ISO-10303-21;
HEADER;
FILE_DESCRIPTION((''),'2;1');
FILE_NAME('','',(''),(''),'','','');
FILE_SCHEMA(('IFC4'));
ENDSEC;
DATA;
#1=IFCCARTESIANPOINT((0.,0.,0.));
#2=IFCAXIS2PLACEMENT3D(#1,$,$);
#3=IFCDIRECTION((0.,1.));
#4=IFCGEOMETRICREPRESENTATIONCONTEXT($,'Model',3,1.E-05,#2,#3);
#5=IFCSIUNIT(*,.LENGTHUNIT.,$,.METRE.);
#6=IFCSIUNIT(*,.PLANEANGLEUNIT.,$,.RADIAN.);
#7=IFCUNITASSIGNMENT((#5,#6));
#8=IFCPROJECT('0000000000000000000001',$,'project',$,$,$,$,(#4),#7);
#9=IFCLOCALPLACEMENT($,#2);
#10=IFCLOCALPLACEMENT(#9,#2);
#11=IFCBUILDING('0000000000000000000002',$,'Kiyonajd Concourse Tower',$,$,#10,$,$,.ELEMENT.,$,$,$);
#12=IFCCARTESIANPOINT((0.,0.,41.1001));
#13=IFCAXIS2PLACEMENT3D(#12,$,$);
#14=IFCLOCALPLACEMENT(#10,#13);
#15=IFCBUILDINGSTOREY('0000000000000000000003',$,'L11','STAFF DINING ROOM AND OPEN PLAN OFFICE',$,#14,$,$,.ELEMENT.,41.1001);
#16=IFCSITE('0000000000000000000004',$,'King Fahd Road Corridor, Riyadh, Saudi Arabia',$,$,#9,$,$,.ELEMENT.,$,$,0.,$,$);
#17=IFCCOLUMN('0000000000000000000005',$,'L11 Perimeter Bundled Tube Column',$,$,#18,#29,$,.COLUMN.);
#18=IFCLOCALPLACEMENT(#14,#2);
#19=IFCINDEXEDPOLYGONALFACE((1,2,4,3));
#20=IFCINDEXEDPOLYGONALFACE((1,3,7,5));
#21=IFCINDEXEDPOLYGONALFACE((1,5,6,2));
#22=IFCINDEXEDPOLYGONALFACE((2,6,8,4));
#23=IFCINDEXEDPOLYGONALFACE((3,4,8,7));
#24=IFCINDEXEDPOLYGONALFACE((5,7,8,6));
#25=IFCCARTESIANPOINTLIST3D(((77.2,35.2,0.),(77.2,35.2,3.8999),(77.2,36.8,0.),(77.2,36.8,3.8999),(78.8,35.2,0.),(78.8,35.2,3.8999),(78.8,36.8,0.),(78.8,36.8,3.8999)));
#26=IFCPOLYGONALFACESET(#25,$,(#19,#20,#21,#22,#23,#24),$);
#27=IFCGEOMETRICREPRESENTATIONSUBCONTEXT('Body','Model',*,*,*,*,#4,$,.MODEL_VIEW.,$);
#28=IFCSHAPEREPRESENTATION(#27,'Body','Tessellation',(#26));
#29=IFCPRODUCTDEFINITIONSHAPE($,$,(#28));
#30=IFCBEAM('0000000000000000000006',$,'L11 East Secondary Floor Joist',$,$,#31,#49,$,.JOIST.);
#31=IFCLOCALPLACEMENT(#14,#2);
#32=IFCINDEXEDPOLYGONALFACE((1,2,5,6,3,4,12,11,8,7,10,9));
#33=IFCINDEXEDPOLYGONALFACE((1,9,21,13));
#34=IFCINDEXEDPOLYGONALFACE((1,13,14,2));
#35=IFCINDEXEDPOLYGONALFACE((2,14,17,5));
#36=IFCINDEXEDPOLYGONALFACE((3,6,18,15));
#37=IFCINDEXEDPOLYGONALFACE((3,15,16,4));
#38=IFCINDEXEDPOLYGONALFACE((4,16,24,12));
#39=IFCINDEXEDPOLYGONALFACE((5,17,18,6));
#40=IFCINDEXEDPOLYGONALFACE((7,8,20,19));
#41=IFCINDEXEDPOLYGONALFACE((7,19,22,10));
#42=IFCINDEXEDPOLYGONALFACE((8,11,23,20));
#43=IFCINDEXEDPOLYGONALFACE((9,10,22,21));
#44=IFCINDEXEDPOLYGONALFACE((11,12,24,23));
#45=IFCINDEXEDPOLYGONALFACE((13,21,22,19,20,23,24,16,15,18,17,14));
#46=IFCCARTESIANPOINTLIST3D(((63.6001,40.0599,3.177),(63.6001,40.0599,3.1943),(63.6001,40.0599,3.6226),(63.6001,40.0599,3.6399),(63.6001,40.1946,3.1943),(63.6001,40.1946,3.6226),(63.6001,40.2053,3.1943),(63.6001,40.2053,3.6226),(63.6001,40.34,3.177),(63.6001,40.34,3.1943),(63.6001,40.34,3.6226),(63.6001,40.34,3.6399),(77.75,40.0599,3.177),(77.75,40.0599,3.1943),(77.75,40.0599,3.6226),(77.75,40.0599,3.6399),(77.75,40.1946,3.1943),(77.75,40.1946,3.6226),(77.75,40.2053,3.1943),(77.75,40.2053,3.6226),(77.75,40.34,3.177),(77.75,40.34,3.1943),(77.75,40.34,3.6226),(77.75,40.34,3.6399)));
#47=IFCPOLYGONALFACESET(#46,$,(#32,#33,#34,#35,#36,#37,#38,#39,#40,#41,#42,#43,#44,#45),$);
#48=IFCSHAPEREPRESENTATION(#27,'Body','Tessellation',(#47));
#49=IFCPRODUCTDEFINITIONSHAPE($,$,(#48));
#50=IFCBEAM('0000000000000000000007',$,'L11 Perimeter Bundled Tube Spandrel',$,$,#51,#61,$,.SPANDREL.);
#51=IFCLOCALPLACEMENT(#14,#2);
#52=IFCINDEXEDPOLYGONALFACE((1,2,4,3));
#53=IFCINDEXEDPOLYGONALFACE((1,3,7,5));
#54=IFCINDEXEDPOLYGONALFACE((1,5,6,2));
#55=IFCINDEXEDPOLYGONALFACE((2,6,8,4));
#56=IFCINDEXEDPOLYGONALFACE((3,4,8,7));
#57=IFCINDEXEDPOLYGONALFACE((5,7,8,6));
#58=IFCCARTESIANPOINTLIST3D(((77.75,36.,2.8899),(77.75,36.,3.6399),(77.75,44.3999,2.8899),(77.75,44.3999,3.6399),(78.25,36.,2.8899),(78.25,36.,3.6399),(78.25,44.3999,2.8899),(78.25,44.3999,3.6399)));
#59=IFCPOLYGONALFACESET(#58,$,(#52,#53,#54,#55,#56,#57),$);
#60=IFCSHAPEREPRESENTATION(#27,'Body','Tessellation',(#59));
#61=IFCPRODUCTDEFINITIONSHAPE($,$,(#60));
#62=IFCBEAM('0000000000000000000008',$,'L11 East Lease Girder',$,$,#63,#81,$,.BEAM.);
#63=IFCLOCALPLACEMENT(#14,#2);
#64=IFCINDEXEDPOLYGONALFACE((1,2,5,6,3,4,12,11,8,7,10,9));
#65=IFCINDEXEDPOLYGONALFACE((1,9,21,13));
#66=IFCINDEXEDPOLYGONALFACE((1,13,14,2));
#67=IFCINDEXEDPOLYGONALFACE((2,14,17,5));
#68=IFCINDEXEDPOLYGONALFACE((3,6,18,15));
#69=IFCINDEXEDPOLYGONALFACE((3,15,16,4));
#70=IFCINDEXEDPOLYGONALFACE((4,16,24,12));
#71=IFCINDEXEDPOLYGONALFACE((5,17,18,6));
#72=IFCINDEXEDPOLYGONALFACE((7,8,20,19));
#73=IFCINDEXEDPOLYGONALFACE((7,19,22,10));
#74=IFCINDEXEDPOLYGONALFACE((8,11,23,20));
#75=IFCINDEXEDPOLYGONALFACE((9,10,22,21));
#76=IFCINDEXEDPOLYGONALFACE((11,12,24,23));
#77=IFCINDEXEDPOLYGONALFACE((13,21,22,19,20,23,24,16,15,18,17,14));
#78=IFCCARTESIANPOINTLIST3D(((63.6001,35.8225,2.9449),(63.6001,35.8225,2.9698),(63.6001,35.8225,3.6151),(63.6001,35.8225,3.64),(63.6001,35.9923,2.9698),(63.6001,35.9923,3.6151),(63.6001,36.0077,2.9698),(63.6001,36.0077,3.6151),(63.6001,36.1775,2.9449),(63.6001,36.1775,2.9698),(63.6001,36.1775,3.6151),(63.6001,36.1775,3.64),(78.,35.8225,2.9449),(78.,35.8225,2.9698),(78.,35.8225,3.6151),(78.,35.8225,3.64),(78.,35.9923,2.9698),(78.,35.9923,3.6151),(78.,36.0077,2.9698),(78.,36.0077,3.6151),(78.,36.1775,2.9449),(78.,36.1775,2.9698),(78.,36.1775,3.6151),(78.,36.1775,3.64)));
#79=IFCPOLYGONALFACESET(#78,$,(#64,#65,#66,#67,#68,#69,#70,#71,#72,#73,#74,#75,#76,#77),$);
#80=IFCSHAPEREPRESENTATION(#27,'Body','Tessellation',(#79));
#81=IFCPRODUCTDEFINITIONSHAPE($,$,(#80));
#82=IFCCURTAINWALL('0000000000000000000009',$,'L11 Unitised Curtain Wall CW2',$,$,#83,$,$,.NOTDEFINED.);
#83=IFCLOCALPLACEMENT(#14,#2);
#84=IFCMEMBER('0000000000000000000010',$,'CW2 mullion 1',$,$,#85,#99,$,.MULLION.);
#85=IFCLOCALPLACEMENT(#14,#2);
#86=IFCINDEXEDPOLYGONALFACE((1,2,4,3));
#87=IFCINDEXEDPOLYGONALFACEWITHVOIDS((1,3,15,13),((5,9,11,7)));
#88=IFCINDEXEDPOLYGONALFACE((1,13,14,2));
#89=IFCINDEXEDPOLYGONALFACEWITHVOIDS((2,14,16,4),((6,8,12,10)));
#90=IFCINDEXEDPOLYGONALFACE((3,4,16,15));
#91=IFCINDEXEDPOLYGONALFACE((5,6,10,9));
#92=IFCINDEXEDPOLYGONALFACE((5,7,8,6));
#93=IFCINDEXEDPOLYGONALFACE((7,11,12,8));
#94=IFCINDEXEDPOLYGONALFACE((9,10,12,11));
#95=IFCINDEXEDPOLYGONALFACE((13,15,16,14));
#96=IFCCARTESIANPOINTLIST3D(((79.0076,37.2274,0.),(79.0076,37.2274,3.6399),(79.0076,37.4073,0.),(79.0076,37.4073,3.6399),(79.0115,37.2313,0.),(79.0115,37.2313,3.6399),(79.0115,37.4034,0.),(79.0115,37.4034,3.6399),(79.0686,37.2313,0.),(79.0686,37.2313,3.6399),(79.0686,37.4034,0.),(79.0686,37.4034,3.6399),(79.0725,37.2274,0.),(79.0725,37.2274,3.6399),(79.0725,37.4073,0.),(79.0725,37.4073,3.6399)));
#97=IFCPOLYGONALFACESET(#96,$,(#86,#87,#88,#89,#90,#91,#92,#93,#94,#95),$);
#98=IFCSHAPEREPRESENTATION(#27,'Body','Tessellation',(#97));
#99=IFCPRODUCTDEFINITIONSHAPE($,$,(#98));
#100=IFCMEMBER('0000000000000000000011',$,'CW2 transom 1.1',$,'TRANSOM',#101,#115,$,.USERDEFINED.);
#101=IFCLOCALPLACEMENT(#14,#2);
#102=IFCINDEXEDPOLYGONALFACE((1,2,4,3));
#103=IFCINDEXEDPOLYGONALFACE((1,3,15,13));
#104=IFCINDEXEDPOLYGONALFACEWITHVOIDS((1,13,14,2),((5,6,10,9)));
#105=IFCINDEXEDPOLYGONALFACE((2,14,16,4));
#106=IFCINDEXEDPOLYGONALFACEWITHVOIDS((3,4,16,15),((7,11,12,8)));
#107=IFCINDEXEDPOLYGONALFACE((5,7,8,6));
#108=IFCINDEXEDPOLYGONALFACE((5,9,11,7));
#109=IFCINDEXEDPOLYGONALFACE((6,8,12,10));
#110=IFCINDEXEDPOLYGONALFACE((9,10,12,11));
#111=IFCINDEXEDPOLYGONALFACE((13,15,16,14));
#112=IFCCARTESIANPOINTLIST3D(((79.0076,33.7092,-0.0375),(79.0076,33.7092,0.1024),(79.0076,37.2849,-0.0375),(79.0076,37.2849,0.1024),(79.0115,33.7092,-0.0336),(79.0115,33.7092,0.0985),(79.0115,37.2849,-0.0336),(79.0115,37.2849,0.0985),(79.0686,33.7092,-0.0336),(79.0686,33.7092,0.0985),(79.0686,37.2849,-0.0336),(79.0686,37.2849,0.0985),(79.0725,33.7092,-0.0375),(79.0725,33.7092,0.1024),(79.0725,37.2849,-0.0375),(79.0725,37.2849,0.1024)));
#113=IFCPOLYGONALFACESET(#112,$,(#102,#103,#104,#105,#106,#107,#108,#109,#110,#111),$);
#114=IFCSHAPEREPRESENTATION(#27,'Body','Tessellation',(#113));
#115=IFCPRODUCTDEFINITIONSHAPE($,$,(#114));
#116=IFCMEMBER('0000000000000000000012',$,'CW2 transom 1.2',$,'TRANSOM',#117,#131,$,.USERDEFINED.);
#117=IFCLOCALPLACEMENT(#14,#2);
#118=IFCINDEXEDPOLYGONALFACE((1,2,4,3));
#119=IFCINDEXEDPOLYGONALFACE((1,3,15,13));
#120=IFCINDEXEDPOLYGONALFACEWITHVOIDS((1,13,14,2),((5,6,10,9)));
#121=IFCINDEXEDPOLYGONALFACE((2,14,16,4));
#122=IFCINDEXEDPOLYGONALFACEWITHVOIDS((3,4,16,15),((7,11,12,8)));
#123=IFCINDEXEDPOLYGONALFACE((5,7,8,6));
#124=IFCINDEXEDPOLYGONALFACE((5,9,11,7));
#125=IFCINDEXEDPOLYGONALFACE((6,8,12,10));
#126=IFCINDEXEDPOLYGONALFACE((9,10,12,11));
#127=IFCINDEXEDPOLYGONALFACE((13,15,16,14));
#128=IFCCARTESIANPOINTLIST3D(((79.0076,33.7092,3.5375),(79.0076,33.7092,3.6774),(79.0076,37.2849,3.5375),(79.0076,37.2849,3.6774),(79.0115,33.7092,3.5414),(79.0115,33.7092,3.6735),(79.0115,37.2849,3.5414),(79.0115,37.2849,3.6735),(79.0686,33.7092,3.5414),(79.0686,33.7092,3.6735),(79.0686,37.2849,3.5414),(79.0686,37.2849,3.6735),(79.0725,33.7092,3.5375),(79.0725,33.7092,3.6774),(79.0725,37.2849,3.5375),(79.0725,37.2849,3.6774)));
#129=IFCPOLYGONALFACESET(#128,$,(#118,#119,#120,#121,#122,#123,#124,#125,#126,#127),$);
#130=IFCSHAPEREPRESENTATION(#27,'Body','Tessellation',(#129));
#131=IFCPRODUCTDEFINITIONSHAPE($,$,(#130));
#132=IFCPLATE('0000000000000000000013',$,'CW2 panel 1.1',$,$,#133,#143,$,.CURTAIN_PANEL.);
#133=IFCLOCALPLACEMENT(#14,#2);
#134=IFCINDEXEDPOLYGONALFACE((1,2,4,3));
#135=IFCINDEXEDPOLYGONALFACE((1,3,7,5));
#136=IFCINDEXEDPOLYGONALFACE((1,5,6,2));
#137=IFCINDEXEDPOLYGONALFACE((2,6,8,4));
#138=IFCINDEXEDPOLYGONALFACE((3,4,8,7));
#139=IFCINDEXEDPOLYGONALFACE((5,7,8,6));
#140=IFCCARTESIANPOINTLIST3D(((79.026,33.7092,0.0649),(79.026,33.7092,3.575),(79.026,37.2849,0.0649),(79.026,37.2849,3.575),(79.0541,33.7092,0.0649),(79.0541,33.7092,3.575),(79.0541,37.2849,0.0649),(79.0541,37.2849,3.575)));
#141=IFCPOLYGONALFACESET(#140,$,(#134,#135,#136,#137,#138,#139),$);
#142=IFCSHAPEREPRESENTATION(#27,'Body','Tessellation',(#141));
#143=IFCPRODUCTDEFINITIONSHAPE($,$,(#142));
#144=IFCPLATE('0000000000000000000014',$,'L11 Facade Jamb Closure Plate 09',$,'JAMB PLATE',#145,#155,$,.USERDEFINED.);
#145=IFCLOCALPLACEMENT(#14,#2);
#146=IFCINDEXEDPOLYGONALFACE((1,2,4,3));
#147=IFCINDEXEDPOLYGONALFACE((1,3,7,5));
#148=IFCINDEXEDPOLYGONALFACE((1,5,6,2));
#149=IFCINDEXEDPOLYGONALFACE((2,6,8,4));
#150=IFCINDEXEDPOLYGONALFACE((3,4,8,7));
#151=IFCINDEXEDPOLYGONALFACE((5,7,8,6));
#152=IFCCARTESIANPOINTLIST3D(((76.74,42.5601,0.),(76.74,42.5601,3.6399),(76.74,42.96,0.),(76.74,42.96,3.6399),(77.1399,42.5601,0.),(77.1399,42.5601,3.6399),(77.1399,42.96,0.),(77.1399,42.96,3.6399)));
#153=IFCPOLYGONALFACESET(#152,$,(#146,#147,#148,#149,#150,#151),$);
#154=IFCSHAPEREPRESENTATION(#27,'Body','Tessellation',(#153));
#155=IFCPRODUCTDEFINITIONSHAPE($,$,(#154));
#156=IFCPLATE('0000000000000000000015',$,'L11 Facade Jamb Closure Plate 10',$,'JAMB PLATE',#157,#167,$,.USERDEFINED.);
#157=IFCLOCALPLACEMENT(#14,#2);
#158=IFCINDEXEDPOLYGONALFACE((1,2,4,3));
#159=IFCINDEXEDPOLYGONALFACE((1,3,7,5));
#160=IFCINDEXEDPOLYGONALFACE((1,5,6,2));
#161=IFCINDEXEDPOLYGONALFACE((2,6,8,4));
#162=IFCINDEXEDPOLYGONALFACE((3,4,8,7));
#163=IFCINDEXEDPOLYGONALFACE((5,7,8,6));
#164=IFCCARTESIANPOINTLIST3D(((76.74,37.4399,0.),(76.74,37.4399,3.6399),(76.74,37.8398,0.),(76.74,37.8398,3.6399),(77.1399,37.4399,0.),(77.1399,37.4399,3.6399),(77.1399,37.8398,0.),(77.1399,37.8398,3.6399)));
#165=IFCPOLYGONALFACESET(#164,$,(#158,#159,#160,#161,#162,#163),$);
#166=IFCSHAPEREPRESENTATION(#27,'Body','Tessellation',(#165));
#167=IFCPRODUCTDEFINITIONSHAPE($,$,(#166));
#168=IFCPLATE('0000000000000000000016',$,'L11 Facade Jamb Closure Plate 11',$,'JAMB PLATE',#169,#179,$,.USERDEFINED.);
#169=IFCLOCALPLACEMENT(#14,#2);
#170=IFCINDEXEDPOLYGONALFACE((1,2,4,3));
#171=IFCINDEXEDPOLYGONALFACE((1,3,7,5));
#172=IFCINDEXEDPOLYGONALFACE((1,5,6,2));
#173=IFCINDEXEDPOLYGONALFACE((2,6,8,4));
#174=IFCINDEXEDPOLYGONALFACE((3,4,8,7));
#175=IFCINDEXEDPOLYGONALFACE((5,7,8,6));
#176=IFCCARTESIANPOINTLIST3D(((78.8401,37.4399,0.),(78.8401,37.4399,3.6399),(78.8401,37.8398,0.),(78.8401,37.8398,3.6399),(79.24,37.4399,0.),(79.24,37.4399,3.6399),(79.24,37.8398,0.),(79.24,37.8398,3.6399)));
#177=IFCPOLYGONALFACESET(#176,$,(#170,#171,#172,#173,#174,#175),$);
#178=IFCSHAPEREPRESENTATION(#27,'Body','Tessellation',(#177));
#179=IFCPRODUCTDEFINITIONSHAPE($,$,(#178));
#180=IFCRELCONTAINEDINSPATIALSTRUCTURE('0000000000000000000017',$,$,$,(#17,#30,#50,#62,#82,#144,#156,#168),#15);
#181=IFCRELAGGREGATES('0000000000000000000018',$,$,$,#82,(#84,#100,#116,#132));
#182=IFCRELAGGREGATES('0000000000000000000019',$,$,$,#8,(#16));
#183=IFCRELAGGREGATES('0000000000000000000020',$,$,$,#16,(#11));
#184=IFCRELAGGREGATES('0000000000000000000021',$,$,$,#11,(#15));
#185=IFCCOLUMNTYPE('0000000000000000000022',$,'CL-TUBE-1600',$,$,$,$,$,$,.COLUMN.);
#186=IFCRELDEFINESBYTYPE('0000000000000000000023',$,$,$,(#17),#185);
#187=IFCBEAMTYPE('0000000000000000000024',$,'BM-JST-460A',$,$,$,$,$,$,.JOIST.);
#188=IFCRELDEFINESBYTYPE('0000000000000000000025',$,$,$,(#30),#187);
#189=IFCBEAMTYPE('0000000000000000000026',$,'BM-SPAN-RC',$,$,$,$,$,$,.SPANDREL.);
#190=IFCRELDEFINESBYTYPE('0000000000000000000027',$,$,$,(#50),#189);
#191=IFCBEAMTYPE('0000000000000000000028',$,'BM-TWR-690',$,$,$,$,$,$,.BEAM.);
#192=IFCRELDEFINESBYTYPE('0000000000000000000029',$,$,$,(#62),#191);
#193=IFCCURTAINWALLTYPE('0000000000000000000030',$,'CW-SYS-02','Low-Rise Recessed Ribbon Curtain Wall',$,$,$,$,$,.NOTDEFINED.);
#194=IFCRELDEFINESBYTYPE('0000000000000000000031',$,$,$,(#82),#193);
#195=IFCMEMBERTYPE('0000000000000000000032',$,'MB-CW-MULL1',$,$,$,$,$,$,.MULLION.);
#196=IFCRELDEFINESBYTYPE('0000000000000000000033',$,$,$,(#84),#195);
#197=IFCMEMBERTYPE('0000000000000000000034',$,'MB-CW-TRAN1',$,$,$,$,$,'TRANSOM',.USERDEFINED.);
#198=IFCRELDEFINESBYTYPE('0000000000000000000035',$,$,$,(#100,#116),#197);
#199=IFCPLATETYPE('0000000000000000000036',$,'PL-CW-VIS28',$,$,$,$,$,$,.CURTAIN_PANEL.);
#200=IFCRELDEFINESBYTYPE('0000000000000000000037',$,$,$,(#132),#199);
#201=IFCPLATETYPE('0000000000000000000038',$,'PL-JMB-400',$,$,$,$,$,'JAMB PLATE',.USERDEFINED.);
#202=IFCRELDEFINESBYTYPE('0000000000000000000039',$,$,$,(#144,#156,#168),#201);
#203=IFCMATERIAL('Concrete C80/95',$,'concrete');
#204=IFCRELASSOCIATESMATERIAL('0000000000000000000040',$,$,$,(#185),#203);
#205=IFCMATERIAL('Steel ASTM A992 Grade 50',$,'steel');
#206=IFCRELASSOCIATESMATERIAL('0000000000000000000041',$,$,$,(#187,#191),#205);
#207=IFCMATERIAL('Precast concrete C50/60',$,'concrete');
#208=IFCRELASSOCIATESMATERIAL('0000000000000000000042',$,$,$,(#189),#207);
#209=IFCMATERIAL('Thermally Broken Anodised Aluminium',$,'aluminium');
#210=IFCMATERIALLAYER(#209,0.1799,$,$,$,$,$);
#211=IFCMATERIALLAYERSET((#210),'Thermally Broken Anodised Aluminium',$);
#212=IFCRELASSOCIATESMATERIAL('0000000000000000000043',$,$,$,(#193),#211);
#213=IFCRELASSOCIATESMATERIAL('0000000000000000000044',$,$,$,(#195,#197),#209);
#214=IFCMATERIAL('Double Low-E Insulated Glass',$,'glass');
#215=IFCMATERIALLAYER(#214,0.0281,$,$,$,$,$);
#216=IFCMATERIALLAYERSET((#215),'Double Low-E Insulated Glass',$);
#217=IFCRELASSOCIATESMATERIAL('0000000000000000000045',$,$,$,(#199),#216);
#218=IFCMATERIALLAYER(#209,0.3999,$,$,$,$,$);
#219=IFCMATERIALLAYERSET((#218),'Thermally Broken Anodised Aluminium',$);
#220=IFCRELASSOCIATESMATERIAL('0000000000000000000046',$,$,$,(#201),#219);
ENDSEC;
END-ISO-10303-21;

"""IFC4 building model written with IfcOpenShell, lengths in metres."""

from ifc_helpers import new_model, si_unit, direction, frame, origin, origin_2d, place, context, subcontext, project, spatial, rectangle, hollow_rectangle, i_section, extrude, material, layer, layer_set, material_profile, profile_set, type_object, element, aggregate, save


model = new_model("IFC4")

# Units and contexts
model_context = context("Model", 3, precision=1e-05, world=origin(), true_north=direction((0.0, 1.0)))
body_context = subcontext(model_context, "Body", "Model", "MODEL_VIEW")
ifc_project = project(units=[si_unit("LENGTHUNIT", "METRE"), si_unit("PLANEANGLEUNIT", "RADIAN")], contexts=[model_context])

# Site, building, storey
site_placement = place(None, origin())
site = spatial("IfcSite", under=ifc_project, at=site_placement, Name="King Fahd Road Corridor, Riyadh, Saudi Arabia", CompositionType="ELEMENT", RefElevation=0.0)
building_placement = place(site_placement, origin())
building = spatial("IfcBuilding", under=site, at=building_placement, Name="Kiyonajd Concourse Tower", CompositionType="ELEMENT")
storey_placement = place(building_placement, frame((0.0, 0.0, 41.1001)))
storey = spatial("IfcBuildingStorey", under=building, at=storey_placement, Name="L11", Description="STAFF DINING ROOM AND OPEN PLAN OFFICE", CompositionType="ELEMENT", Elevation=41.1001)

# Column
ifc_material_1 = material(Name="Concrete C80/95", Category="concrete")
ifc_material_profile_1 = material_profile(ifc_material_1, rectangle(XDim=1.6001, YDim=1.6001, at=origin_2d()), Name="RC-1600x1600")
ifc_profile_set_1 = profile_set([ifc_material_profile_1], Name="Concrete C80/95")
column_type = type_object("IfcColumnType", Name="CL-TUBE-1600", PredefinedType="COLUMN", material=ifc_profile_set_1)
column_placement = place(storey_placement, frame((78.0, 36.0, 0.0), z_axis=(0.0, 0.0, 1.0), x_axis=(1.0, 0.0, 0.0)))
element("IfcColumn", 1, at=column_placement, inside=storey, type_object=column_type, Name="L11 Perimeter Bundled Tube Column", PredefinedType="COLUMN", context=body_context, shape_type="SweptSolid", body=[
    extrude(rectangle(XDim=1.6001, YDim=1.6001, at=origin_2d()), origin(), (0.0, 0.0, 1.0), 3.8999),
])

# Beams
ifc_material_2 = material(Name="Steel ASTM A992 Grade 50", Category="steel")
ifc_material_profile_2 = material_profile(ifc_material_2, i_section(OverallWidth=0.28, OverallDepth=0.4629, WebThickness=0.0107, FlangeThickness=0.0173, at=origin_2d()), Name="W460X113")
ifc_profile_set_2 = profile_set([ifc_material_profile_2], Name="Steel ASTM A992 Grade 50")
beam_type_1 = type_object("IfcBeamType", Name="BM-JST-460A", PredefinedType="JOIST", material=ifc_profile_set_2)
beam_1_placement = place(storey_placement, frame((63.6001, 40.2, 3.4084), z_axis=(1.0, 0.0, 0.0), x_axis=(0.0, 1.0, 0.0)))
element("IfcBeam", 2, at=beam_1_placement, inside=storey, type_object=beam_type_1, Name="L11 East Secondary Floor Joist", PredefinedType="JOIST", context=body_context, shape_type="SweptSolid", body=[
    extrude(i_section(OverallWidth=0.28, OverallDepth=0.4629, WebThickness=0.0107, FlangeThickness=0.0173, at=origin_2d()), origin(), (0.0, 0.0, 1.0), 14.1499),
])
ifc_material_3 = material(Name="Precast concrete C50/60", Category="concrete")
ifc_material_profile_3 = material_profile(ifc_material_3, rectangle(XDim=0.5, YDim=0.75, at=origin_2d()), Name="RCBM-500x750")
ifc_profile_set_3 = profile_set([ifc_material_profile_3], Name="Precast concrete C50/60")
beam_type_2 = type_object("IfcBeamType", Name="BM-SPAN-RC", PredefinedType="SPANDREL", material=ifc_profile_set_3)
beam_2_placement = place(storey_placement, frame((78.0, 36.0, 3.2649), z_axis=(0.0, 1.0, 0.0), x_axis=(-1.0, 0.0, 0.0)))
element("IfcBeam", 3, at=beam_2_placement, inside=storey, type_object=beam_type_2, Name="L11 Perimeter Bundled Tube Spandrel", PredefinedType="SPANDREL", context=body_context, shape_type="SweptSolid", body=[
    extrude(rectangle(XDim=0.5, YDim=0.75, at=origin_2d()), origin(), (0.0, 0.0, 1.0), 8.3999),
])
ifc_material_profile_4 = material_profile(ifc_material_2, i_section(OverallWidth=0.355, OverallDepth=0.6951, WebThickness=0.0154, FlangeThickness=0.0249, at=origin_2d()), Name="W690X217")
ifc_profile_set_4 = profile_set([ifc_material_profile_4], Name="Steel ASTM A992 Grade 50")
beam_type_3 = type_object("IfcBeamType", Name="BM-TWR-690", PredefinedType="BEAM", material=ifc_profile_set_4)
beam_3_placement = place(storey_placement, frame((63.6001, 36.0, 3.2925), z_axis=(1.0, 0.0, 0.0), x_axis=(0.0, 1.0, 0.0)))
element("IfcBeam", 4, at=beam_3_placement, inside=storey, type_object=beam_type_3, Name="L11 East Lease Girder", PredefinedType="BEAM", context=body_context, shape_type="SweptSolid", body=[
    extrude(i_section(OverallWidth=0.355, OverallDepth=0.6951, WebThickness=0.0154, FlangeThickness=0.0249, at=origin_2d()), origin(), (0.0, 0.0, 1.0), 14.3999),
])

# Curtain wall, members, plate
ifc_material_4 = material(Name="Thermally Broken Anodised Aluminium", Category="aluminium")
ifc_layer_1 = layer(ifc_material_4, 0.1799)
ifc_layer_set_1 = layer_set([ifc_layer_1], Name="Thermally Broken Anodised Aluminium")
curtain_wall_type = type_object("IfcCurtainWallType", Name="CW-SYS-02", Description="Low-Rise Recessed Ribbon Curtain Wall", PredefinedType="NOTDEFINED", material=ifc_layer_set_1)
curtain_wall_placement = place(storey_placement, origin())
curtain_wall = element("IfcCurtainWall", 5, at=curtain_wall_placement, inside=storey, type_object=curtain_wall_type, Name="L11 Unitised Curtain Wall CW2", PredefinedType="NOTDEFINED")
ifc_material_profile_5 = material_profile(ifc_material_4, hollow_rectangle(XDim=0.0649, YDim=0.1799, WallThickness=0.0039, at=origin_2d()), Name="MULL-65x180")
ifc_profile_set_5 = profile_set([ifc_material_profile_5], Name="Thermally Broken Anodised Aluminium")
member_type_1 = type_object("IfcMemberType", Name="MB-CW-MULL1", PredefinedType="MULLION", material=ifc_profile_set_5)
member_1_placement = place(storey_placement, frame((79.04, 37.3174, 0.0), z_axis=(0.0, 0.0, 1.0), x_axis=(1.0, 0.0, 0.0)))
member_1 = element("IfcMember", 6, at=member_1_placement, type_object=member_type_1, Name="CW2 mullion 1", PredefinedType="MULLION", context=body_context, shape_type="SweptSolid", body=[
    extrude(hollow_rectangle(XDim=0.0649, YDim=0.1799, WallThickness=0.0039, at=origin_2d()), origin(), (0.0, 0.0, 1.0), 3.6399),
])
ifc_material_profile_6 = material_profile(ifc_material_4, hollow_rectangle(XDim=0.0649, YDim=0.1399, WallThickness=0.0039, at=origin_2d()), Name="TRAN-65x140")
ifc_profile_set_6 = profile_set([ifc_material_profile_6], Name="Thermally Broken Anodised Aluminium")
member_type_2 = type_object("IfcMemberType", Name="MB-CW-TRAN1", ElementType="TRANSOM", PredefinedType="USERDEFINED", material=ifc_profile_set_6)
member_2_placement = place(storey_placement, frame((79.04, 37.2849, 0.0325), z_axis=(0.0, -1.0, 0.0), x_axis=(1.0, 0.0, 0.0)))
member_2 = element("IfcMember", 7, at=member_2_placement, type_object=member_type_2, Name="CW2 transom 1.1", ObjectType="TRANSOM", PredefinedType="USERDEFINED", context=body_context, shape_type="SweptSolid", body=[
    extrude(hollow_rectangle(XDim=0.0649, YDim=0.1399, WallThickness=0.0039, at=origin_2d()), origin(), (0.0, 0.0, 1.0), 3.5757),
])
member_3_placement = place(storey_placement, frame((79.04, 37.2849, 3.6074), z_axis=(0.0, -1.0, 0.0), x_axis=(1.0, 0.0, 0.0)))
member_3 = element("IfcMember", 8, at=member_3_placement, type_object=member_type_2, Name="CW2 transom 1.2", ObjectType="TRANSOM", PredefinedType="USERDEFINED", context=body_context, shape_type="SweptSolid", body=[
    extrude(hollow_rectangle(XDim=0.0649, YDim=0.1399, WallThickness=0.0039, at=origin_2d()), origin(), (0.0, 0.0, 1.0), 3.5757),
])
ifc_material_5 = material(Name="Double Low-E Insulated Glass", Category="glass")
ifc_layer_2 = layer(ifc_material_5, 0.0281)
ifc_layer_set_2 = layer_set([ifc_layer_2], Name="Double Low-E Insulated Glass")
plate_type_1 = type_object("IfcPlateType", Name="PL-CW-VIS28", PredefinedType="CURTAIN_PANEL", material=ifc_layer_set_2)
plate_placement = place(storey_placement, frame((79.04, 35.4971, 0.0649), z_axis=(0.0, 0.0, 1.0), x_axis=(0.0, -1.0, 0.0)))
plate = element("IfcPlate", 9, at=plate_placement, type_object=plate_type_1, Name="CW2 panel 1.1", PredefinedType="CURTAIN_PANEL", context=body_context, shape_type="SweptSolid", body=[
    extrude(rectangle(XDim=3.5757, YDim=0.0281, at=origin_2d()), origin(), (0.0, 0.0, 1.0), 3.51),
])
aggregate(curtain_wall, [member_1, member_2, member_3, plate])

# Plates
ifc_layer_3 = layer(ifc_material_4, 0.3999)
ifc_layer_set_3 = layer_set([ifc_layer_3], Name="Thermally Broken Anodised Aluminium")
plate_type_2 = type_object("IfcPlateType", Name="PL-JMB-400", ElementType="JAMB PLATE", PredefinedType="USERDEFINED", material=ifc_layer_set_3)
for number, where, z_axis, x_axis, name in (
    (10, (76.9399, 42.76, 0.0), (0.0, 0.0, 1.0), (1.0, 0.0, 0.0), "L11 Facade Jamb Closure Plate 09"),
    (11, (76.9399, 37.6399, 0.0), (0.0, 0.0, 1.0), (1.0, 0.0, 0.0), "L11 Facade Jamb Closure Plate 10"),
    (12, (79.04, 37.6399, 0.0), (0.0, 0.0, 1.0), (1.0, 0.0, 0.0), "L11 Facade Jamb Closure Plate 11"),
):
    element("IfcPlate", number, at=place(storey_placement, frame(where, z_axis=z_axis, x_axis=x_axis)), inside=storey, type_object=plate_type_2, Name=name, ObjectType="JAMB PLATE", PredefinedType="USERDEFINED", context=body_context, shape_type="SweptSolid", body=[
        extrude(rectangle(XDim=0.3999, YDim=0.3999, at=origin_2d()), origin(), (0.0, 0.0, 1.0), 3.6399),
    ])

save(model, "model.ifc")
